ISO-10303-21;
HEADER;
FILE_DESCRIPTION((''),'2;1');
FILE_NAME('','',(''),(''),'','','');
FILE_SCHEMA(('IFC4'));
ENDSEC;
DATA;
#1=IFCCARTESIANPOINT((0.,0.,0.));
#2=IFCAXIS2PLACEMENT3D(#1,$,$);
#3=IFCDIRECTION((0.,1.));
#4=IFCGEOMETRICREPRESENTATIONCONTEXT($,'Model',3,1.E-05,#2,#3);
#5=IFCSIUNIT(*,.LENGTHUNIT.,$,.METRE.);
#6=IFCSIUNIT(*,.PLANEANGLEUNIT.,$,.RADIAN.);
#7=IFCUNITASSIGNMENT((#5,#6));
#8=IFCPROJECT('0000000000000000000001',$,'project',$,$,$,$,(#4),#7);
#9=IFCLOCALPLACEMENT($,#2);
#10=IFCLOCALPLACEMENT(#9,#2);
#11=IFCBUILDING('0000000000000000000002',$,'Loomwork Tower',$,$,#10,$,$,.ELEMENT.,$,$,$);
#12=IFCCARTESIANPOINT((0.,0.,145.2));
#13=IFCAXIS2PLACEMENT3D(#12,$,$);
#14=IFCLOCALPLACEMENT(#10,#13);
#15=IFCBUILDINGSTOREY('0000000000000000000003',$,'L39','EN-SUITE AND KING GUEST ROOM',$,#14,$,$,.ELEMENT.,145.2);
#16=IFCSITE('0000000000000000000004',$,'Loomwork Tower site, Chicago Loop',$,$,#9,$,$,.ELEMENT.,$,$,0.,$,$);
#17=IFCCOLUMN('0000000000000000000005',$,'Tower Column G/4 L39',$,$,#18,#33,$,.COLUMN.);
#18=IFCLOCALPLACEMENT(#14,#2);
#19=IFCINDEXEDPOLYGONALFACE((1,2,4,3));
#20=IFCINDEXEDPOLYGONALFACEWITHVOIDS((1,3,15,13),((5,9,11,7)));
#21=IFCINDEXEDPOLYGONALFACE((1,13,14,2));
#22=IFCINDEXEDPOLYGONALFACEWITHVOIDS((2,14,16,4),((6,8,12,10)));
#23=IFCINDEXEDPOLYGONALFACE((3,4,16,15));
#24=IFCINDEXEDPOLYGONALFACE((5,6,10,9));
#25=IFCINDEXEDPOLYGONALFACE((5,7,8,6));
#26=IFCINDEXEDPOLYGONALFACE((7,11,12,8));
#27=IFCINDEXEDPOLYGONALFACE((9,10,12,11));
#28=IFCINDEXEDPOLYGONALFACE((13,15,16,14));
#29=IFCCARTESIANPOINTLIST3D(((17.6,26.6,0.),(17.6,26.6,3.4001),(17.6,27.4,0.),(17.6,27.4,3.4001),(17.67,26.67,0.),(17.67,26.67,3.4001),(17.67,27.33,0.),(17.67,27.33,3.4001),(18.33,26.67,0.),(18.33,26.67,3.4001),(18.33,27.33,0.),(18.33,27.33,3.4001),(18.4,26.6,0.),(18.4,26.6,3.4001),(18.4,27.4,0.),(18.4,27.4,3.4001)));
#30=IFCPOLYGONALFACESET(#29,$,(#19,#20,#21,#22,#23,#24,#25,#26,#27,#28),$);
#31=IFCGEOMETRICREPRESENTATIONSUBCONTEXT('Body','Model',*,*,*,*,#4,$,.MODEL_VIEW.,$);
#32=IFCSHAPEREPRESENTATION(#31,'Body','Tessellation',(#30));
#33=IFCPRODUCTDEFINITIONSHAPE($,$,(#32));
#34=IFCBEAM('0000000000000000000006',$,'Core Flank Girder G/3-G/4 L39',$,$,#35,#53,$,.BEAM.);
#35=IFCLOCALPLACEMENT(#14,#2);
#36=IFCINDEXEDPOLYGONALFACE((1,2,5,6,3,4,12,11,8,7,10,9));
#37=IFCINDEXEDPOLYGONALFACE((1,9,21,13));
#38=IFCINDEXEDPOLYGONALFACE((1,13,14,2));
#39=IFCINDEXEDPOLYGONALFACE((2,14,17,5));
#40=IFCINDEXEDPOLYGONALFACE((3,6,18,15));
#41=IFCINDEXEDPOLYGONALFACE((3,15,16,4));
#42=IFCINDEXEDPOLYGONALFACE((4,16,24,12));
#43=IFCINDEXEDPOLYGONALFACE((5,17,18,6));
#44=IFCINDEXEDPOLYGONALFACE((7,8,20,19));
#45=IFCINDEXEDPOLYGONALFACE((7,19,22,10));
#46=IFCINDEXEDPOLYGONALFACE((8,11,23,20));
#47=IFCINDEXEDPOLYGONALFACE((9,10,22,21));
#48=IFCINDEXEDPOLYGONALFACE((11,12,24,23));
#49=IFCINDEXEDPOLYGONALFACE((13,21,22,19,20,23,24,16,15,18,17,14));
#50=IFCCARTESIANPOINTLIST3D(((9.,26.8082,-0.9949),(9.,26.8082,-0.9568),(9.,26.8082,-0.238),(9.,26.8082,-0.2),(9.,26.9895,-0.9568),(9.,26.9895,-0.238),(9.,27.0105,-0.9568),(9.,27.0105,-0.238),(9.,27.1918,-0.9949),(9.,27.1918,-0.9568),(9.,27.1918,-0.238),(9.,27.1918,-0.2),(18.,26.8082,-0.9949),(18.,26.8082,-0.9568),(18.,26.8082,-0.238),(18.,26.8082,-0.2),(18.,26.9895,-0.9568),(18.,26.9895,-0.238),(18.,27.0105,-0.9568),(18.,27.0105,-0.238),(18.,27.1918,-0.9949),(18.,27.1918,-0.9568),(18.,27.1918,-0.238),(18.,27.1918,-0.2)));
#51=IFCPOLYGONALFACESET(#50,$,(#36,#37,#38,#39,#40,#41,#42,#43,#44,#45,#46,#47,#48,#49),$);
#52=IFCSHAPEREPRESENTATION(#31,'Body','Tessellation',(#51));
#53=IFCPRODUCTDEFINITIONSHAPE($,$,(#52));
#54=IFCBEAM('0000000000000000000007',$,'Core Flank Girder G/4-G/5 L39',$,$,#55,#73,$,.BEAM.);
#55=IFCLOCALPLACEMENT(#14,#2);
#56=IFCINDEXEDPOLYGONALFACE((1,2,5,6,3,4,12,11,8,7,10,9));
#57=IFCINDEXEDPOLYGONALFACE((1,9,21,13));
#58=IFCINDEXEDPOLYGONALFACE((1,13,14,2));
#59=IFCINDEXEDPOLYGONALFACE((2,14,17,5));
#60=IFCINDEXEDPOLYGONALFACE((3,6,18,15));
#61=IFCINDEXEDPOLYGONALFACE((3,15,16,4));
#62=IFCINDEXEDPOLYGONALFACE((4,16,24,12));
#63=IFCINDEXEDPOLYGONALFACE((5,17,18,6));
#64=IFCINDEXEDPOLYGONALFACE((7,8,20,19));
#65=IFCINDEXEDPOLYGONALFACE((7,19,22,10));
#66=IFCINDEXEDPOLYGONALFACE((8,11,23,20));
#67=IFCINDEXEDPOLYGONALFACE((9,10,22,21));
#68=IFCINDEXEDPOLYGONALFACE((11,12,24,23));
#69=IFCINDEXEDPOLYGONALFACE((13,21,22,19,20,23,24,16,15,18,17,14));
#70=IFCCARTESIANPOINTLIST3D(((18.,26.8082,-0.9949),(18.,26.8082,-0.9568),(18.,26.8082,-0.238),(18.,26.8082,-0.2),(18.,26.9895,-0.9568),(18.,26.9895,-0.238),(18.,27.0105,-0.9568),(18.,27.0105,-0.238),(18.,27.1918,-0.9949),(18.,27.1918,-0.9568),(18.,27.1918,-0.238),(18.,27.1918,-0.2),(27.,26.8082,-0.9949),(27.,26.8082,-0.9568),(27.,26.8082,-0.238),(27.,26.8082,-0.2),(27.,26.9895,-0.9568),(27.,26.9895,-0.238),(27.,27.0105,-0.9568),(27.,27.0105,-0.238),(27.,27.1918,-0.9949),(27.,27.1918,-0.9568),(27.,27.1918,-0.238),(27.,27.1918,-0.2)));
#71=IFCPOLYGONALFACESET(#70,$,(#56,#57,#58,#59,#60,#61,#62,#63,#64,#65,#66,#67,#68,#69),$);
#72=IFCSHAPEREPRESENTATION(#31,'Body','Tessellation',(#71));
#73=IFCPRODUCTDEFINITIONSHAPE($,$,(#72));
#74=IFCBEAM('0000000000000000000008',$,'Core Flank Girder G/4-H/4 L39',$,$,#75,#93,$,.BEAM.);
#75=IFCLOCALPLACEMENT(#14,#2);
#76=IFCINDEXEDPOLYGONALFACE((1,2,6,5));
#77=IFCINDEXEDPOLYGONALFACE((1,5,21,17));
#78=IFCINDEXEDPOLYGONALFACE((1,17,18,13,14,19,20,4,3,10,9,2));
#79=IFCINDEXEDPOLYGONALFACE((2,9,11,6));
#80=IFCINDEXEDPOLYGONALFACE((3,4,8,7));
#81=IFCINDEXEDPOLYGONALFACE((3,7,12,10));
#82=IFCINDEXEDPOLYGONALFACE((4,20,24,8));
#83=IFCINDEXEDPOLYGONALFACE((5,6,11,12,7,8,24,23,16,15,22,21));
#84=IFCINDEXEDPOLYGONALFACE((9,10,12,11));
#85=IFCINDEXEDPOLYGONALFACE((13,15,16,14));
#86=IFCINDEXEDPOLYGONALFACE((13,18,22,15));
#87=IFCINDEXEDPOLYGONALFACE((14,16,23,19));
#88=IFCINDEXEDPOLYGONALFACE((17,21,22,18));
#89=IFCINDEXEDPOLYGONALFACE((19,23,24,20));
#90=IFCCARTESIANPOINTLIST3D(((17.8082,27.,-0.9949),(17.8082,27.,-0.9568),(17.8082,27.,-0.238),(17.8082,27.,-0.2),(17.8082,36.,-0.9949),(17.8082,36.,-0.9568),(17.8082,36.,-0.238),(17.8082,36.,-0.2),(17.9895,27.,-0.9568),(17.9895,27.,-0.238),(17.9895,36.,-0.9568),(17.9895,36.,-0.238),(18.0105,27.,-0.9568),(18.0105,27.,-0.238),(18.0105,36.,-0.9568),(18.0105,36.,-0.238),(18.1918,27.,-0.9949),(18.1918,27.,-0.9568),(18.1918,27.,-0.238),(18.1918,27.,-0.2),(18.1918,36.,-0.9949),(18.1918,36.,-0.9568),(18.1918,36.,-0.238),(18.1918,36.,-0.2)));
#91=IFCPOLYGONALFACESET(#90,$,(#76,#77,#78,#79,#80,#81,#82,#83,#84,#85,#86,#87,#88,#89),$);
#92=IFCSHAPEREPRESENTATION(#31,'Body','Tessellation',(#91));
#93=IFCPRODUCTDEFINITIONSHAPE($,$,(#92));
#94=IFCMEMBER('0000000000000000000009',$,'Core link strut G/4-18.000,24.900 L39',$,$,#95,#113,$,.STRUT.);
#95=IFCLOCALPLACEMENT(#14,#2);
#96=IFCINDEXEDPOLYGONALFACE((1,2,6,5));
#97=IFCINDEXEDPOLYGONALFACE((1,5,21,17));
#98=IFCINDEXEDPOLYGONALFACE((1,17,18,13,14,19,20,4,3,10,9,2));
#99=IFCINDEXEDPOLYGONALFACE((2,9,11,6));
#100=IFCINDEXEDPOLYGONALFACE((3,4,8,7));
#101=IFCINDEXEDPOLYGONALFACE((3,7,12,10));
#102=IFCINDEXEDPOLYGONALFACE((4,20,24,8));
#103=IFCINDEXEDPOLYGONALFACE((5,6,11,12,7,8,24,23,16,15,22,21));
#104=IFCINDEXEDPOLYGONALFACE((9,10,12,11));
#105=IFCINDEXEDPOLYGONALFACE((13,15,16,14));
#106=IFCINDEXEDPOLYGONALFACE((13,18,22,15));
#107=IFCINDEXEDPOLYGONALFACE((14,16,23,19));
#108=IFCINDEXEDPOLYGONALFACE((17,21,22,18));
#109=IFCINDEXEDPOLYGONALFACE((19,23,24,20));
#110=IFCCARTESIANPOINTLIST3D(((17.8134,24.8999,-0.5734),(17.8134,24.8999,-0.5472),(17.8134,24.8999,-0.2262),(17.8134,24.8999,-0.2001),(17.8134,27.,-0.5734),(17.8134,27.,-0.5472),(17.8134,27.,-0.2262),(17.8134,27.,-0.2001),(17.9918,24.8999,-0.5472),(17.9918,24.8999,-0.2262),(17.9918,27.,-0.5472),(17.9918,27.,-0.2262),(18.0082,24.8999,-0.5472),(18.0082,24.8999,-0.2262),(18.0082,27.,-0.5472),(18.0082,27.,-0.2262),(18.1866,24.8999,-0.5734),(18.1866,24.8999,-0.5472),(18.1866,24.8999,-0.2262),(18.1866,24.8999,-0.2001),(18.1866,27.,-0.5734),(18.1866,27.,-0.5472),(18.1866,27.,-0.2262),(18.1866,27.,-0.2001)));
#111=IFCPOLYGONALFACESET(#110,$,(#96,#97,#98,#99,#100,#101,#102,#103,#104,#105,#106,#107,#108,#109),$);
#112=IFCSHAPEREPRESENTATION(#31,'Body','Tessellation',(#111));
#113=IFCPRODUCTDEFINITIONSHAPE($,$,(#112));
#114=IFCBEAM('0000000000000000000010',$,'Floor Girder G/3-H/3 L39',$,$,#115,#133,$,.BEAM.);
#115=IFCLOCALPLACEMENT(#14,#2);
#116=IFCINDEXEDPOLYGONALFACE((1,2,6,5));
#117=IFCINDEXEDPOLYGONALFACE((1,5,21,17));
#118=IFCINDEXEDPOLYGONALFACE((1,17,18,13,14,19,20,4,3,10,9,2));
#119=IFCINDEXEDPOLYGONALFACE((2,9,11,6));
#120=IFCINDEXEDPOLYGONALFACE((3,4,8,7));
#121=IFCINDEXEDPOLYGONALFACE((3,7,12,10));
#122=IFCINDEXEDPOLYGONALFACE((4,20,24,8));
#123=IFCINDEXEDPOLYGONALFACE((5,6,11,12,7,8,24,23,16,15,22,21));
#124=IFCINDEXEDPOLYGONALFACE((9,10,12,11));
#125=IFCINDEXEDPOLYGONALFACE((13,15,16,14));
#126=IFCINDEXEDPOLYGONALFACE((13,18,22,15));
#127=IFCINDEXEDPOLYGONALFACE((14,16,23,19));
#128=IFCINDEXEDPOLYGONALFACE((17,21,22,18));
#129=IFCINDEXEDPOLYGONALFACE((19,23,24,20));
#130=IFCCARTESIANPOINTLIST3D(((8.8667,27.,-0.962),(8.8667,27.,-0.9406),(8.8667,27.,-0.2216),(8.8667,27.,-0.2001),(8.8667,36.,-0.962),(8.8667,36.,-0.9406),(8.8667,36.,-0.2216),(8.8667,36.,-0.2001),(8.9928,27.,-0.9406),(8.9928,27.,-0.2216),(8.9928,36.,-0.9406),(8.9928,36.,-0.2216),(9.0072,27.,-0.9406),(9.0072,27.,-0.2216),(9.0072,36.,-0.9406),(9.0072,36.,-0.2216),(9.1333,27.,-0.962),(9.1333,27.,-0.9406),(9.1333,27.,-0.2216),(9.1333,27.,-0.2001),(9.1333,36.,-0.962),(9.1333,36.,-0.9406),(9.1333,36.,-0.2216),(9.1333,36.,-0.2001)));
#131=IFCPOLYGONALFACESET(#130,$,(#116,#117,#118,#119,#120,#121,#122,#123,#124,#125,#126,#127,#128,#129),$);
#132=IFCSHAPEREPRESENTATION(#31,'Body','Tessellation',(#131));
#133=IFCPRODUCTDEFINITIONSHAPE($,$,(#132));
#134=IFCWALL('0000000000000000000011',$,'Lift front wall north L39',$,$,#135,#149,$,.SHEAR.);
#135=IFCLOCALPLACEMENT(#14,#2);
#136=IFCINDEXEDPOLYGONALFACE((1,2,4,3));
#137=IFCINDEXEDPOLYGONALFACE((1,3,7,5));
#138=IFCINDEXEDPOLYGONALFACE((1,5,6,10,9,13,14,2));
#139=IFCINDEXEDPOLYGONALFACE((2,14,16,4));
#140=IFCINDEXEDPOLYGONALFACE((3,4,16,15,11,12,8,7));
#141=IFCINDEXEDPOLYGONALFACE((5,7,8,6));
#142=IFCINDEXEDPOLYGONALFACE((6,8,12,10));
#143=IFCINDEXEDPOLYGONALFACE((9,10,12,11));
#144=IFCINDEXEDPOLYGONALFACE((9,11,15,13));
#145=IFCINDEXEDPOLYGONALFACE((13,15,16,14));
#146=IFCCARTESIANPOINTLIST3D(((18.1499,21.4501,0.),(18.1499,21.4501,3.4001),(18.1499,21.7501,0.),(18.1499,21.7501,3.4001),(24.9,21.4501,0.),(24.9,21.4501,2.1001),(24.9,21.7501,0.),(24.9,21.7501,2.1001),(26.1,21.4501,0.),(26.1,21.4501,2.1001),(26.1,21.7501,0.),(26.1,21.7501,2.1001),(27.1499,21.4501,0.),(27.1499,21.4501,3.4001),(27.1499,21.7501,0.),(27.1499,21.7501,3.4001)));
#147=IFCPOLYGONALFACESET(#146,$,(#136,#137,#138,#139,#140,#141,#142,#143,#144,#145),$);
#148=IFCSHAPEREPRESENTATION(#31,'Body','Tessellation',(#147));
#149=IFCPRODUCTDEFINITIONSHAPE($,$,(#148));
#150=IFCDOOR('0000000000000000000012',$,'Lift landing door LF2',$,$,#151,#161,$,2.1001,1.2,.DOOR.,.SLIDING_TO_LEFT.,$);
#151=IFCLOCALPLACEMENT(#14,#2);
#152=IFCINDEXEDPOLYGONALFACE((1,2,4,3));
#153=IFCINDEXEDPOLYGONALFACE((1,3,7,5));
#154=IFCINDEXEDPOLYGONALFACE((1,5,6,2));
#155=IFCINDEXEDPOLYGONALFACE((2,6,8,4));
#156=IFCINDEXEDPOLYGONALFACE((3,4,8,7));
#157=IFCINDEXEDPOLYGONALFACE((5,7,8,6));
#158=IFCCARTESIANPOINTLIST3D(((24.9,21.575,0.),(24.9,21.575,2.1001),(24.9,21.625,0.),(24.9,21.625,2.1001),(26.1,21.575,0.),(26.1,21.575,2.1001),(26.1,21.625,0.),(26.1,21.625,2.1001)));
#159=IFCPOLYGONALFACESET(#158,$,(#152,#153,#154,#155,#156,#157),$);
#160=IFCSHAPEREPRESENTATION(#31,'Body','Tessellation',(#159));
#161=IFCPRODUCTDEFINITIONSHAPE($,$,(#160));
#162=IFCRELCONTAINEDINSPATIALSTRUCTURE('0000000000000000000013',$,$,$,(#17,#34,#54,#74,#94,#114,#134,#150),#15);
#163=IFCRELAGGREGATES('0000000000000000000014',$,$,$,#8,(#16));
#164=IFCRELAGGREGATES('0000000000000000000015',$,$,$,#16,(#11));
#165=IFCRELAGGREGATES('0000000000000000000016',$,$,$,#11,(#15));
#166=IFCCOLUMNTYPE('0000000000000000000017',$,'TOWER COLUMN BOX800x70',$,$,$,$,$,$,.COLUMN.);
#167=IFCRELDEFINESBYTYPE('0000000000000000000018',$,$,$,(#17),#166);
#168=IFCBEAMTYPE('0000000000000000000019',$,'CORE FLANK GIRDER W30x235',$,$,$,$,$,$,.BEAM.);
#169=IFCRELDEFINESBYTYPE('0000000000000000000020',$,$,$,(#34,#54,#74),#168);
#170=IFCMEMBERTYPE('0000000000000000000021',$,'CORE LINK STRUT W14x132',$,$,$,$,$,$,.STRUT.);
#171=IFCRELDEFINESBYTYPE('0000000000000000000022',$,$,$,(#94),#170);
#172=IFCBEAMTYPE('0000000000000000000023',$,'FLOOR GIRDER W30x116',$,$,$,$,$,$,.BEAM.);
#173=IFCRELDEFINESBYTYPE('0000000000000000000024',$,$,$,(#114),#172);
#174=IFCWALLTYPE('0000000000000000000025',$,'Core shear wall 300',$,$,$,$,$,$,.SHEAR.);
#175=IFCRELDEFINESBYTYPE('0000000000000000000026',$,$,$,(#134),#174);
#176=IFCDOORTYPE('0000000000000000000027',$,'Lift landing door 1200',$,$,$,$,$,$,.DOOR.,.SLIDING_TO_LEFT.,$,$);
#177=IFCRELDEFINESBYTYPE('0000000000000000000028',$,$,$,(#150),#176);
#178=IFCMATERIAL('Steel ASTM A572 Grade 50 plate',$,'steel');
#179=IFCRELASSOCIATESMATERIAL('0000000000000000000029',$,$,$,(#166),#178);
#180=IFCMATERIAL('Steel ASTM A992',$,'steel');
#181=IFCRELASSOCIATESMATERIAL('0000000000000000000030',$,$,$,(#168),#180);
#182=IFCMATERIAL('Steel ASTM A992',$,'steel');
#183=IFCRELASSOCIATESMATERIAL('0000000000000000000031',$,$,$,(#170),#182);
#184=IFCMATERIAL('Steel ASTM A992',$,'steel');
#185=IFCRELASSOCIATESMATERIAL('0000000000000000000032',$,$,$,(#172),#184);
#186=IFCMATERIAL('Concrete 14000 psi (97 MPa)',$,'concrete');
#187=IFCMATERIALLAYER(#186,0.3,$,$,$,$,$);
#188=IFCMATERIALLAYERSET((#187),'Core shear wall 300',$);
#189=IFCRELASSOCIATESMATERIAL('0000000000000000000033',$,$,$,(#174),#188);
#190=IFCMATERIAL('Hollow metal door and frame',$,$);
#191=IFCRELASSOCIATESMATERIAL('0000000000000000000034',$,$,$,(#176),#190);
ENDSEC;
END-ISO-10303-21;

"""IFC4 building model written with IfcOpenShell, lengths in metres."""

from ifc_helpers import new_model, si_unit, direction, frame, frame_2d, origin, origin_2d, place, context, subcontext, project, spatial, rectangle, hollow_rectangle, i_section, extrude, material, layer, layer_set, material_profile, profile_set, type_object, element, fill, save


model = new_model("IFC4")

# Units and contexts
model_context = context("Model", 3, precision=1e-05, world=origin(), true_north=direction((0.0, 1.0)))
body_context = subcontext(model_context, "Body", "Model", "MODEL_VIEW")
ifc_project = project(units=[si_unit("LENGTHUNIT", "METRE"), si_unit("PLANEANGLEUNIT", "RADIAN")], contexts=[model_context])

# Site, building, storey
site_placement = place(None, origin())
site = spatial("IfcSite", under=ifc_project, at=site_placement, Name="Loomwork Tower site, Chicago Loop", CompositionType="ELEMENT", RefElevation=0.0)
building_placement = place(site_placement, origin())
building = spatial("IfcBuilding", under=site, at=building_placement, Name="Loomwork Tower", CompositionType="ELEMENT")
storey_placement = place(building_placement, frame((0.0, 0.0, 145.2)))
storey = spatial("IfcBuildingStorey", under=building, at=storey_placement, Name="L39", Description="EN-SUITE AND KING GUEST ROOM", CompositionType="ELEMENT", Elevation=145.2)

# Column
ifc_material_1 = material(Name="Steel ASTM A572 Grade 50 plate", Category="steel")
ifc_material_profile_1 = material_profile(ifc_material_1, hollow_rectangle(XDim=0.8, YDim=0.8, WallThickness=0.0701, at=origin_2d()), Name="BOX800x70")
ifc_profile_set_1 = profile_set([ifc_material_profile_1], Name="Steel ASTM A572 Grade 50 plate")
column_type = type_object("IfcColumnType", Name="TOWER COLUMN BOX800x70", PredefinedType="COLUMN", material=ifc_profile_set_1)
column_placement = place(storey_placement, frame((18.0, 27.0, 0.0), z_axis=(0.0, 0.0, 1.0), x_axis=(1.0, 0.0, 0.0)))
element("IfcColumn", 1, at=column_placement, inside=storey, type_object=column_type, Name="Tower Column G/4 L39", PredefinedType="COLUMN", context=body_context, shape_type="SweptSolid", body=[
    extrude(hollow_rectangle(XDim=0.8, YDim=0.8, WallThickness=0.0701, at=origin_2d()), origin(), (0.0, 0.0, 1.0), 3.4001),
])

# Beams
ifc_material_2 = material(Name="Steel ASTM A992", Category="steel")
ifc_material_profile_2 = material_profile(ifc_material_2, i_section(OverallWidth=0.3835, OverallDepth=0.7949, WebThickness=0.021, FlangeThickness=0.0381, at=origin_2d()), Name="W30x235")
ifc_profile_set_2 = profile_set([ifc_material_profile_2], Name="Steel ASTM A992")
beam_type_1 = type_object("IfcBeamType", Name="CORE FLANK GIRDER W30x235", PredefinedType="BEAM", material=ifc_profile_set_2)
for number, where, z_axis, x_axis, name in (
    (2, (9.0, 27.0, -0.5974), (1.0, 0.0, 0.0), (0.0, 1.0, 0.0), "Core Flank Girder G/3-G/4 L39"),
    (3, (18.0, 27.0, -0.5974), (1.0, 0.0, 0.0), (0.0, 1.0, 0.0), "Core Flank Girder G/4-G/5 L39"),
    (4, (18.0, 27.0, -0.5974), (0.0, 1.0, 0.0), (-1.0, 0.0, 0.0), "Core Flank Girder G/4-H/4 L39"),
):
    element("IfcBeam", number, at=place(storey_placement, frame(where, z_axis=z_axis, x_axis=x_axis)), inside=storey, type_object=beam_type_1, Name=name, PredefinedType="BEAM", context=body_context, shape_type="SweptSolid", body=[
        extrude(i_section(OverallWidth=0.3835, OverallDepth=0.7949, WebThickness=0.021, FlangeThickness=0.0381, at=origin_2d()), origin(), (0.0, 0.0, 1.0), 9.0),
    ])

# Member
ifc_material_3 = material(Name="Steel ASTM A992", Category="steel")
ifc_material_profile_3 = material_profile(ifc_material_3, i_section(OverallWidth=0.3733, OverallDepth=0.3733, WebThickness=0.0164, FlangeThickness=0.0261, at=origin_2d()), Name="W14x132")
ifc_profile_set_3 = profile_set([ifc_material_profile_3], Name="Steel ASTM A992")
member_type = type_object("IfcMemberType", Name="CORE LINK STRUT W14x132", PredefinedType="STRUT", material=ifc_profile_set_3)
member_placement = place(storey_placement, frame((18.0, 27.0, -0.3867), z_axis=(0.0, -1.0, 0.0), x_axis=(1.0, 0.0, 0.0)))
element("IfcMember", 5, at=member_placement, inside=storey, type_object=member_type, Name="Core link strut G/4-18.000,24.900 L39", PredefinedType="STRUT", context=body_context, shape_type="SweptSolid", body=[
    extrude(i_section(OverallWidth=0.3733, OverallDepth=0.3733, WebThickness=0.0164, FlangeThickness=0.0261, at=origin_2d()), origin(), (0.0, 0.0, 1.0), 2.1001),
])

# Beam
ifc_material_4 = material(Name="Steel ASTM A992", Category="steel")
ifc_material_profile_4 = material_profile(ifc_material_4, i_section(OverallWidth=0.2666, OverallDepth=0.762, WebThickness=0.0144, FlangeThickness=0.0215, at=origin_2d()), Name="W30x116")
ifc_profile_set_4 = profile_set([ifc_material_profile_4], Name="Steel ASTM A992")
beam_type_2 = type_object("IfcBeamType", Name="FLOOR GIRDER W30x116", PredefinedType="BEAM", material=ifc_profile_set_4)
beam_placement = place(storey_placement, frame((9.0, 27.0, -0.5811), z_axis=(0.0, 1.0, 0.0), x_axis=(-1.0, 0.0, 0.0)))
element("IfcBeam", 6, at=beam_placement, inside=storey, type_object=beam_type_2, Name="Floor Girder G/3-H/3 L39", PredefinedType="BEAM", context=body_context, shape_type="SweptSolid", body=[
    extrude(i_section(OverallWidth=0.2666, OverallDepth=0.762, WebThickness=0.0144, FlangeThickness=0.0215, at=origin_2d()), origin(), (0.0, 0.0, 1.0), 9.0),
])

# Wall, opening, door
ifc_material_5 = material(Name="Concrete 14000 psi (97 MPa)", Category="concrete")
ifc_layer_1 = layer(ifc_material_5, 0.3)
ifc_layer_set_1 = layer_set([ifc_layer_1], Name="Core shear wall 300")
wall_type_1 = type_object("IfcWallType", Name="Core shear wall 300", PredefinedType="SHEAR", material=ifc_layer_set_1)
wall_1_placement = place(storey_placement, frame((18.1499, 21.6001, 0.0), z_axis=(0.0, 0.0, 1.0), x_axis=(1.0, 0.0, 0.0)))
wall_1 = element("IfcWall", 7, at=wall_1_placement, inside=storey, type_object=wall_type_1, Name="Lift front wall north L39", PredefinedType="SHEAR", context=body_context, shape_type="SweptSolid", body=[
    extrude(rectangle(XDim=9.0, YDim=0.3, at=frame_2d((4.5, 0.0))), origin(), (0.0, 0.0, 1.0), 3.4001),
])
opening_1_placement = place(wall_1_placement, frame((6.75, 0.0, 0.0)))
opening_1 = element("IfcOpeningElement", 8, at=opening_1_placement, cuts=wall_1, PredefinedType="OPENING", context=body_context, shape_type="SweptSolid", body=[
    extrude(rectangle(XDim=1.2, YDim=2.1001, at=frame_2d((0.6001, 1.05))), frame((0.0, 0.1599, 0.0), z_axis=(0.0, -1.0, 0.0), x_axis=(1.0, 0.0, 0.0)), (0.0, 0.0, 1.0), 0.3201),
])
ifc_material_6 = material(Name="Hollow metal door and frame")
door_type_1 = type_object("IfcDoorType", Name="Lift landing door 1200", OperationType="SLIDING_TO_LEFT", PredefinedType="DOOR", material=ifc_material_6)
door_1_placement = place(opening_1_placement, origin())
door_1 = element("IfcDoor", 9, at=door_1_placement, inside=storey, type_object=door_type_1, Name="Lift landing door LF2", OperationType="SLIDING_TO_LEFT", OverallHeight=2.1001, OverallWidth=1.2, PredefinedType="DOOR", context=body_context, shape_type="SweptSolid", body=[
    extrude(rectangle(XDim=1.2, YDim=2.1001, at=frame_2d((0.6001, 1.05))), frame((0.0, 0.0249, 0.0), z_axis=(0.0, -1.0, 0.0), x_axis=(1.0, 0.0, 0.0)), (0.0, 0.0, 1.0), 0.05),
])
fill(opening_1, door_1)

save(model, "model.ifc")
